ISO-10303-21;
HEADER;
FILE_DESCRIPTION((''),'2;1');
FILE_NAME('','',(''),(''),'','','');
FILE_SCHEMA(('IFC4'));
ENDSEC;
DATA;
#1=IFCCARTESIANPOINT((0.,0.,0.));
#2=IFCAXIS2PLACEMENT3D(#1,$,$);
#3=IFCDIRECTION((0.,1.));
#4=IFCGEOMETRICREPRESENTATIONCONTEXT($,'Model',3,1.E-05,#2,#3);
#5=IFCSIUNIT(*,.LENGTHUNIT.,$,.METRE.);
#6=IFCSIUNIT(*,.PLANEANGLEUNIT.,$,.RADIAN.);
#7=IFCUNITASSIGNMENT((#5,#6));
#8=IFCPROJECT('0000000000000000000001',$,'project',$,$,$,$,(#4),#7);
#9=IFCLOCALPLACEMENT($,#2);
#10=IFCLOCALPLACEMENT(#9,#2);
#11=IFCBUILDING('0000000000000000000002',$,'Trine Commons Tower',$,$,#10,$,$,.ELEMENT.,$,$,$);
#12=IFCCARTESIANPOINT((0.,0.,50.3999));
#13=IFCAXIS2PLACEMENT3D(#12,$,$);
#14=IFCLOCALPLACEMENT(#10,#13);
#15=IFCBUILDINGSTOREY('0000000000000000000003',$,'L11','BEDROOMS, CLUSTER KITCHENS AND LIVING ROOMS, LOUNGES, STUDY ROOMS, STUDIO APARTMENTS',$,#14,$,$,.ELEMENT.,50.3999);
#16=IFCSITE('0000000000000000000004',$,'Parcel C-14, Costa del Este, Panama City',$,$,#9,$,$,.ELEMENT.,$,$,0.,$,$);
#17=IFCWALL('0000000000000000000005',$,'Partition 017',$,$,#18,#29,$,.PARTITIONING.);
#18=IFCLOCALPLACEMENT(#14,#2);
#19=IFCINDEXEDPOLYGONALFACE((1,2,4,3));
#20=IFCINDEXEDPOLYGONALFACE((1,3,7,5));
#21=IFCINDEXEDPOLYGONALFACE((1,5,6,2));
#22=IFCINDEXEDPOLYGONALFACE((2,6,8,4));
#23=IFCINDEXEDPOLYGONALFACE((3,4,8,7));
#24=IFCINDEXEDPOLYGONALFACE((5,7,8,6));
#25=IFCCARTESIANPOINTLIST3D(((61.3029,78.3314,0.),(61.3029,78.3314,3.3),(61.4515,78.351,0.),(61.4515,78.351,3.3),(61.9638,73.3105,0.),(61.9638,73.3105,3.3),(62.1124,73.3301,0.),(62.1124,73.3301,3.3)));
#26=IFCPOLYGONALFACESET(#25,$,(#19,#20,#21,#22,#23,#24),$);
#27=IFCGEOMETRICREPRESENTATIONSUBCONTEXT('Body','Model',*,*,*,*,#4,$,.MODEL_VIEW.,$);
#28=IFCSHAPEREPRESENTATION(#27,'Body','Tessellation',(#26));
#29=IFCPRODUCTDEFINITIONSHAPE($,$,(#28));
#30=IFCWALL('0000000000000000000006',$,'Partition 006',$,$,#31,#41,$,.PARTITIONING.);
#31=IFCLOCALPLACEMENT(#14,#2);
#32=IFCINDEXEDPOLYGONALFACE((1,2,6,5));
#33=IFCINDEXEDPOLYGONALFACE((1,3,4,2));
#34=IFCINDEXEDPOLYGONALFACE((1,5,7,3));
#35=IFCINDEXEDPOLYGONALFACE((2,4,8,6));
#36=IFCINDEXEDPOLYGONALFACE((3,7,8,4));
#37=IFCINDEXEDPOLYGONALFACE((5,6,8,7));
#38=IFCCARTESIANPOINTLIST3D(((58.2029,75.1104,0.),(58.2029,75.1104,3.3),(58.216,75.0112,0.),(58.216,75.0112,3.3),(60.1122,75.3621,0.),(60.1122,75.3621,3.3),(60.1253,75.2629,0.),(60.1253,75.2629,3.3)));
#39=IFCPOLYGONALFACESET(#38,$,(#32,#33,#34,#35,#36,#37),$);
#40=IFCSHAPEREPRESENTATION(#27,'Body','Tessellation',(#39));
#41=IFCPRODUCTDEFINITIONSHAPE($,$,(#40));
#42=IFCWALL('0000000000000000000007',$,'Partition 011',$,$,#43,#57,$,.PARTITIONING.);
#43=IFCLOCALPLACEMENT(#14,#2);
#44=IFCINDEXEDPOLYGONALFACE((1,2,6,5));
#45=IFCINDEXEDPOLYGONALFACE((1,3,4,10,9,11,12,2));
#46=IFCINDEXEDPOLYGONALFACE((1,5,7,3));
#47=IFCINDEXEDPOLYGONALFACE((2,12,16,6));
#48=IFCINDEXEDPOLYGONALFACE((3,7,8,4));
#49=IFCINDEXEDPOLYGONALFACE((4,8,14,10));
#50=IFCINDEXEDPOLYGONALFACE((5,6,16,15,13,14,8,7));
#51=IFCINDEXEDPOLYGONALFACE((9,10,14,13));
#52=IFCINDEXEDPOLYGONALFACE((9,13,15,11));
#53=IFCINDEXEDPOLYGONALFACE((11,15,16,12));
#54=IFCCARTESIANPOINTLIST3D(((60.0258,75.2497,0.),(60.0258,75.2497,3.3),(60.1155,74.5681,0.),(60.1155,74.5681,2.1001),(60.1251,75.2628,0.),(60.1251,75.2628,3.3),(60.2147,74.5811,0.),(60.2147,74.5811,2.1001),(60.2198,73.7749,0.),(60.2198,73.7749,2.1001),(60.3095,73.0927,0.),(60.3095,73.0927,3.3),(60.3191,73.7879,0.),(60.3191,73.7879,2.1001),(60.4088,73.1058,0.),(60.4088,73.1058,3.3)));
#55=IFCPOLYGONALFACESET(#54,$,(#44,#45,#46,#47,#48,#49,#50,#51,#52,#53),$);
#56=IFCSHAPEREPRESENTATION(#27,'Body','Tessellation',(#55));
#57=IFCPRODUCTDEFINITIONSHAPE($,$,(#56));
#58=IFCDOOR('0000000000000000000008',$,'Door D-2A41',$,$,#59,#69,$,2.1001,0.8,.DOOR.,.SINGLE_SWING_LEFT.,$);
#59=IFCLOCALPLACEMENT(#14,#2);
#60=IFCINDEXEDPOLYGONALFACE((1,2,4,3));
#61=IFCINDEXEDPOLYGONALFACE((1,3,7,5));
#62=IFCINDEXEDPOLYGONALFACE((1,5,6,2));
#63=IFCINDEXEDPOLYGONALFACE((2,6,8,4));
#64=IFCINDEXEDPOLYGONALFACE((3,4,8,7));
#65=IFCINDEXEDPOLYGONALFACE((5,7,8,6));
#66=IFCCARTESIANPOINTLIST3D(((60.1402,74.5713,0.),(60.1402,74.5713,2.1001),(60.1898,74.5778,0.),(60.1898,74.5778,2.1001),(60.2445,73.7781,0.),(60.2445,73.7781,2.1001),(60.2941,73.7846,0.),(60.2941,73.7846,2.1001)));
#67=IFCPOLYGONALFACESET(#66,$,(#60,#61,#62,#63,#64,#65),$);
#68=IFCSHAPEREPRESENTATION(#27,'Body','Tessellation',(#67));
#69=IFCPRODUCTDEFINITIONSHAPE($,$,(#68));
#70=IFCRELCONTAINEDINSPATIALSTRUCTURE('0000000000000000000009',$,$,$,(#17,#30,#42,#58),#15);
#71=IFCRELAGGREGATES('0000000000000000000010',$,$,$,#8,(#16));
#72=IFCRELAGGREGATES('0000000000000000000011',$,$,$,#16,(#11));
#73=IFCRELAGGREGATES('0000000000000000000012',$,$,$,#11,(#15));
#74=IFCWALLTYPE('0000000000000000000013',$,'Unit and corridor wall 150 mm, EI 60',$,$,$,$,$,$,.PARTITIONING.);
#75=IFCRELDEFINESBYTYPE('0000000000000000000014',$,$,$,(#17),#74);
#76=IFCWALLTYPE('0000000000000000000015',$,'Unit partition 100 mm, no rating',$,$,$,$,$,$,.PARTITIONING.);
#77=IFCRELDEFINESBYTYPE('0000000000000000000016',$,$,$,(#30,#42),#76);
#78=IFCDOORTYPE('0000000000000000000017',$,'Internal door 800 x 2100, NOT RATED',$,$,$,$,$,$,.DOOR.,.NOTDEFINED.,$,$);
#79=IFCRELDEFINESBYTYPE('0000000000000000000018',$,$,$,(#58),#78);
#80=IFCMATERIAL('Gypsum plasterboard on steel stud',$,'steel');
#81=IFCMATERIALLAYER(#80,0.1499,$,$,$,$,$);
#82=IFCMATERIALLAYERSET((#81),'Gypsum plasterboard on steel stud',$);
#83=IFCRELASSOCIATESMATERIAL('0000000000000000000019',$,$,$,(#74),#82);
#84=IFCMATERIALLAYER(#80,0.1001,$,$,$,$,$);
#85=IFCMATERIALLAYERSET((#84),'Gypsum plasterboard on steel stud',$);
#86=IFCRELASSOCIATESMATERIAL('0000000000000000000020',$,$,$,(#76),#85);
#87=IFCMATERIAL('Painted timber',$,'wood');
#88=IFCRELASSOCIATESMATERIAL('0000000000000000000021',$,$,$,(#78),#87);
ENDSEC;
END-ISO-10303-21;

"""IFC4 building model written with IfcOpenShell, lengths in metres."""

from ifc_helpers import new_model, si_unit, direction, frame, frame_2d, origin, place, context, subcontext, project, spatial, rectangle, extrude, material, layer, layer_set, type_object, element, fill, save


model = new_model("IFC4")

# Units and contexts
model_context = context("Model", 3, precision=1e-05, world=origin(), true_north=direction((0.0, 1.0)))
body_context = subcontext(model_context, "Body", "Model", "MODEL_VIEW")
ifc_project = project(units=[si_unit("LENGTHUNIT", "METRE"), si_unit("PLANEANGLEUNIT", "RADIAN")], contexts=[model_context])

# Site, building, storey
site_placement = place(None, origin())
site = spatial("IfcSite", under=ifc_project, at=site_placement, Name="Parcel C-14, Costa del Este, Panama City", CompositionType="ELEMENT", RefElevation=0.0)
building_placement = place(site_placement, origin())
building = spatial("IfcBuilding", under=site, at=building_placement, Name="Trine Commons Tower", CompositionType="ELEMENT")
storey_placement = place(building_placement, frame((0.0, 0.0, 50.3999)))
storey = spatial("IfcBuildingStorey", under=building, at=storey_placement, Name="L11", Description="BEDROOMS, CLUSTER KITCHENS AND LIVING ROOMS, LOUNGES, STUDY ROOMS, STUDIO APARTMENTS", CompositionType="ELEMENT", Elevation=50.3999)

# Shared definitions
ifc_material_1 = material(Name="Gypsum plasterboard on steel stud", Category="steel")
ifc_layer_1 = layer(ifc_material_1, 0.1499)
ifc_layer_set_1 = layer_set([ifc_layer_1], Name="Gypsum plasterboard on steel stud")
wall_type_1 = type_object("IfcWallType", Name="Unit and corridor wall 150 mm, EI 60", PredefinedType="PARTITIONING", material=ifc_layer_set_1)

# Walls
wall_1_placement = place(storey_placement, frame((61.3772, 78.3413, 0.0), z_axis=(0.0, 0.0, 1.0), x_axis=(0.130499, -0.991448, 0.0)))
element("IfcWall", 1, at=wall_1_placement, inside=storey, type_object=wall_type_1, Name="Partition 017", PredefinedType="PARTITIONING", context=body_context, shape_type="SweptSolid", body=[
    extrude(rectangle(XDim=5.0642, YDim=0.1499, at=frame_2d((2.5322, 0.0))), origin(), (0.0, 0.0, 1.0), 3.3),
])
ifc_layer_2 = layer(ifc_material_1, 0.1001)
ifc_layer_set_2 = layer_set([ifc_layer_2], Name="Gypsum plasterboard on steel stud")
wall_type_2 = type_object("IfcWallType", Name="Unit partition 100 mm, no rating", PredefinedType="PARTITIONING", material=ifc_layer_set_2)
wall_2_placement = place(storey_placement, frame((58.2095, 75.0608, 0.0), z_axis=(0.0, 0.0, 1.0), x_axis=(0.991421, 0.13071, 0.0)))
element("IfcWall", 2, at=wall_2_placement, inside=storey, type_object=wall_type_2, Name="Partition 006", PredefinedType="PARTITIONING", context=body_context, shape_type="SweptSolid", body=[
    extrude(rectangle(XDim=1.9258, YDim=0.1001, at=frame_2d((0.9629, 0.0))), origin(), (0.0, 0.0, 1.0), 3.3),
])

# Wall, opening, door
wall_3_placement = place(storey_placement, frame((60.0754, 75.2563, 0.0), z_axis=(0.0, 0.0, 1.0), x_axis=(0.130399, -0.991462, 0.0)))
wall_3 = element("IfcWall", 3, at=wall_3_placement, inside=storey, type_object=wall_type_2, Name="Partition 011", PredefinedType="PARTITIONING", context=body_context, shape_type="SweptSolid", body=[
    extrude(rectangle(XDim=2.1755, YDim=0.1001, at=frame_2d((1.0879, 0.0))), origin(), (0.0, 0.0, 1.0), 3.3),
])
opening_1_placement = place(wall_3_placement, frame((0.6877, 0.0, 0.0)))
opening_1 = element("IfcOpeningElement", 4, at=opening_1_placement, cuts=wall_3, PredefinedType="OPENING", context=body_context, shape_type="SweptSolid", body=[
    extrude(rectangle(XDim=0.8, YDim=2.1001, at=frame_2d((0.3999, 1.05))), frame((0.0, 0.0601, 0.0), z_axis=(0.0, -1.0, 0.0), x_axis=(1.0, 0.0, 0.0)), (0.0, 0.0, 1.0), 0.1201),
])
ifc_material_2 = material(Name="Painted timber", Category="wood")
door_type_1 = type_object("IfcDoorType", Name="Internal door 800 x 2100, NOT RATED", OperationType="NOTDEFINED", PredefinedType="DOOR", material=ifc_material_2)
door_1_placement = place(opening_1_placement, origin())
door_1 = element("IfcDoor", 5, at=door_1_placement, inside=storey, type_object=door_type_1, Name="Door D-2A41", OperationType="SINGLE_SWING_LEFT", OverallHeight=2.1001, OverallWidth=0.8, PredefinedType="DOOR", context=body_context, shape_type="SweptSolid", body=[
    extrude(rectangle(XDim=0.8, YDim=2.1001, at=frame_2d((0.3999, 1.05))), frame((0.0, 0.0249, 0.0), z_axis=(0.0, -1.0, 0.0), x_axis=(1.0, 0.0, 0.0)), (0.0, 0.0, 1.0), 0.05),
])
fill(opening_1, door_1)

save(model, "model.ifc")
